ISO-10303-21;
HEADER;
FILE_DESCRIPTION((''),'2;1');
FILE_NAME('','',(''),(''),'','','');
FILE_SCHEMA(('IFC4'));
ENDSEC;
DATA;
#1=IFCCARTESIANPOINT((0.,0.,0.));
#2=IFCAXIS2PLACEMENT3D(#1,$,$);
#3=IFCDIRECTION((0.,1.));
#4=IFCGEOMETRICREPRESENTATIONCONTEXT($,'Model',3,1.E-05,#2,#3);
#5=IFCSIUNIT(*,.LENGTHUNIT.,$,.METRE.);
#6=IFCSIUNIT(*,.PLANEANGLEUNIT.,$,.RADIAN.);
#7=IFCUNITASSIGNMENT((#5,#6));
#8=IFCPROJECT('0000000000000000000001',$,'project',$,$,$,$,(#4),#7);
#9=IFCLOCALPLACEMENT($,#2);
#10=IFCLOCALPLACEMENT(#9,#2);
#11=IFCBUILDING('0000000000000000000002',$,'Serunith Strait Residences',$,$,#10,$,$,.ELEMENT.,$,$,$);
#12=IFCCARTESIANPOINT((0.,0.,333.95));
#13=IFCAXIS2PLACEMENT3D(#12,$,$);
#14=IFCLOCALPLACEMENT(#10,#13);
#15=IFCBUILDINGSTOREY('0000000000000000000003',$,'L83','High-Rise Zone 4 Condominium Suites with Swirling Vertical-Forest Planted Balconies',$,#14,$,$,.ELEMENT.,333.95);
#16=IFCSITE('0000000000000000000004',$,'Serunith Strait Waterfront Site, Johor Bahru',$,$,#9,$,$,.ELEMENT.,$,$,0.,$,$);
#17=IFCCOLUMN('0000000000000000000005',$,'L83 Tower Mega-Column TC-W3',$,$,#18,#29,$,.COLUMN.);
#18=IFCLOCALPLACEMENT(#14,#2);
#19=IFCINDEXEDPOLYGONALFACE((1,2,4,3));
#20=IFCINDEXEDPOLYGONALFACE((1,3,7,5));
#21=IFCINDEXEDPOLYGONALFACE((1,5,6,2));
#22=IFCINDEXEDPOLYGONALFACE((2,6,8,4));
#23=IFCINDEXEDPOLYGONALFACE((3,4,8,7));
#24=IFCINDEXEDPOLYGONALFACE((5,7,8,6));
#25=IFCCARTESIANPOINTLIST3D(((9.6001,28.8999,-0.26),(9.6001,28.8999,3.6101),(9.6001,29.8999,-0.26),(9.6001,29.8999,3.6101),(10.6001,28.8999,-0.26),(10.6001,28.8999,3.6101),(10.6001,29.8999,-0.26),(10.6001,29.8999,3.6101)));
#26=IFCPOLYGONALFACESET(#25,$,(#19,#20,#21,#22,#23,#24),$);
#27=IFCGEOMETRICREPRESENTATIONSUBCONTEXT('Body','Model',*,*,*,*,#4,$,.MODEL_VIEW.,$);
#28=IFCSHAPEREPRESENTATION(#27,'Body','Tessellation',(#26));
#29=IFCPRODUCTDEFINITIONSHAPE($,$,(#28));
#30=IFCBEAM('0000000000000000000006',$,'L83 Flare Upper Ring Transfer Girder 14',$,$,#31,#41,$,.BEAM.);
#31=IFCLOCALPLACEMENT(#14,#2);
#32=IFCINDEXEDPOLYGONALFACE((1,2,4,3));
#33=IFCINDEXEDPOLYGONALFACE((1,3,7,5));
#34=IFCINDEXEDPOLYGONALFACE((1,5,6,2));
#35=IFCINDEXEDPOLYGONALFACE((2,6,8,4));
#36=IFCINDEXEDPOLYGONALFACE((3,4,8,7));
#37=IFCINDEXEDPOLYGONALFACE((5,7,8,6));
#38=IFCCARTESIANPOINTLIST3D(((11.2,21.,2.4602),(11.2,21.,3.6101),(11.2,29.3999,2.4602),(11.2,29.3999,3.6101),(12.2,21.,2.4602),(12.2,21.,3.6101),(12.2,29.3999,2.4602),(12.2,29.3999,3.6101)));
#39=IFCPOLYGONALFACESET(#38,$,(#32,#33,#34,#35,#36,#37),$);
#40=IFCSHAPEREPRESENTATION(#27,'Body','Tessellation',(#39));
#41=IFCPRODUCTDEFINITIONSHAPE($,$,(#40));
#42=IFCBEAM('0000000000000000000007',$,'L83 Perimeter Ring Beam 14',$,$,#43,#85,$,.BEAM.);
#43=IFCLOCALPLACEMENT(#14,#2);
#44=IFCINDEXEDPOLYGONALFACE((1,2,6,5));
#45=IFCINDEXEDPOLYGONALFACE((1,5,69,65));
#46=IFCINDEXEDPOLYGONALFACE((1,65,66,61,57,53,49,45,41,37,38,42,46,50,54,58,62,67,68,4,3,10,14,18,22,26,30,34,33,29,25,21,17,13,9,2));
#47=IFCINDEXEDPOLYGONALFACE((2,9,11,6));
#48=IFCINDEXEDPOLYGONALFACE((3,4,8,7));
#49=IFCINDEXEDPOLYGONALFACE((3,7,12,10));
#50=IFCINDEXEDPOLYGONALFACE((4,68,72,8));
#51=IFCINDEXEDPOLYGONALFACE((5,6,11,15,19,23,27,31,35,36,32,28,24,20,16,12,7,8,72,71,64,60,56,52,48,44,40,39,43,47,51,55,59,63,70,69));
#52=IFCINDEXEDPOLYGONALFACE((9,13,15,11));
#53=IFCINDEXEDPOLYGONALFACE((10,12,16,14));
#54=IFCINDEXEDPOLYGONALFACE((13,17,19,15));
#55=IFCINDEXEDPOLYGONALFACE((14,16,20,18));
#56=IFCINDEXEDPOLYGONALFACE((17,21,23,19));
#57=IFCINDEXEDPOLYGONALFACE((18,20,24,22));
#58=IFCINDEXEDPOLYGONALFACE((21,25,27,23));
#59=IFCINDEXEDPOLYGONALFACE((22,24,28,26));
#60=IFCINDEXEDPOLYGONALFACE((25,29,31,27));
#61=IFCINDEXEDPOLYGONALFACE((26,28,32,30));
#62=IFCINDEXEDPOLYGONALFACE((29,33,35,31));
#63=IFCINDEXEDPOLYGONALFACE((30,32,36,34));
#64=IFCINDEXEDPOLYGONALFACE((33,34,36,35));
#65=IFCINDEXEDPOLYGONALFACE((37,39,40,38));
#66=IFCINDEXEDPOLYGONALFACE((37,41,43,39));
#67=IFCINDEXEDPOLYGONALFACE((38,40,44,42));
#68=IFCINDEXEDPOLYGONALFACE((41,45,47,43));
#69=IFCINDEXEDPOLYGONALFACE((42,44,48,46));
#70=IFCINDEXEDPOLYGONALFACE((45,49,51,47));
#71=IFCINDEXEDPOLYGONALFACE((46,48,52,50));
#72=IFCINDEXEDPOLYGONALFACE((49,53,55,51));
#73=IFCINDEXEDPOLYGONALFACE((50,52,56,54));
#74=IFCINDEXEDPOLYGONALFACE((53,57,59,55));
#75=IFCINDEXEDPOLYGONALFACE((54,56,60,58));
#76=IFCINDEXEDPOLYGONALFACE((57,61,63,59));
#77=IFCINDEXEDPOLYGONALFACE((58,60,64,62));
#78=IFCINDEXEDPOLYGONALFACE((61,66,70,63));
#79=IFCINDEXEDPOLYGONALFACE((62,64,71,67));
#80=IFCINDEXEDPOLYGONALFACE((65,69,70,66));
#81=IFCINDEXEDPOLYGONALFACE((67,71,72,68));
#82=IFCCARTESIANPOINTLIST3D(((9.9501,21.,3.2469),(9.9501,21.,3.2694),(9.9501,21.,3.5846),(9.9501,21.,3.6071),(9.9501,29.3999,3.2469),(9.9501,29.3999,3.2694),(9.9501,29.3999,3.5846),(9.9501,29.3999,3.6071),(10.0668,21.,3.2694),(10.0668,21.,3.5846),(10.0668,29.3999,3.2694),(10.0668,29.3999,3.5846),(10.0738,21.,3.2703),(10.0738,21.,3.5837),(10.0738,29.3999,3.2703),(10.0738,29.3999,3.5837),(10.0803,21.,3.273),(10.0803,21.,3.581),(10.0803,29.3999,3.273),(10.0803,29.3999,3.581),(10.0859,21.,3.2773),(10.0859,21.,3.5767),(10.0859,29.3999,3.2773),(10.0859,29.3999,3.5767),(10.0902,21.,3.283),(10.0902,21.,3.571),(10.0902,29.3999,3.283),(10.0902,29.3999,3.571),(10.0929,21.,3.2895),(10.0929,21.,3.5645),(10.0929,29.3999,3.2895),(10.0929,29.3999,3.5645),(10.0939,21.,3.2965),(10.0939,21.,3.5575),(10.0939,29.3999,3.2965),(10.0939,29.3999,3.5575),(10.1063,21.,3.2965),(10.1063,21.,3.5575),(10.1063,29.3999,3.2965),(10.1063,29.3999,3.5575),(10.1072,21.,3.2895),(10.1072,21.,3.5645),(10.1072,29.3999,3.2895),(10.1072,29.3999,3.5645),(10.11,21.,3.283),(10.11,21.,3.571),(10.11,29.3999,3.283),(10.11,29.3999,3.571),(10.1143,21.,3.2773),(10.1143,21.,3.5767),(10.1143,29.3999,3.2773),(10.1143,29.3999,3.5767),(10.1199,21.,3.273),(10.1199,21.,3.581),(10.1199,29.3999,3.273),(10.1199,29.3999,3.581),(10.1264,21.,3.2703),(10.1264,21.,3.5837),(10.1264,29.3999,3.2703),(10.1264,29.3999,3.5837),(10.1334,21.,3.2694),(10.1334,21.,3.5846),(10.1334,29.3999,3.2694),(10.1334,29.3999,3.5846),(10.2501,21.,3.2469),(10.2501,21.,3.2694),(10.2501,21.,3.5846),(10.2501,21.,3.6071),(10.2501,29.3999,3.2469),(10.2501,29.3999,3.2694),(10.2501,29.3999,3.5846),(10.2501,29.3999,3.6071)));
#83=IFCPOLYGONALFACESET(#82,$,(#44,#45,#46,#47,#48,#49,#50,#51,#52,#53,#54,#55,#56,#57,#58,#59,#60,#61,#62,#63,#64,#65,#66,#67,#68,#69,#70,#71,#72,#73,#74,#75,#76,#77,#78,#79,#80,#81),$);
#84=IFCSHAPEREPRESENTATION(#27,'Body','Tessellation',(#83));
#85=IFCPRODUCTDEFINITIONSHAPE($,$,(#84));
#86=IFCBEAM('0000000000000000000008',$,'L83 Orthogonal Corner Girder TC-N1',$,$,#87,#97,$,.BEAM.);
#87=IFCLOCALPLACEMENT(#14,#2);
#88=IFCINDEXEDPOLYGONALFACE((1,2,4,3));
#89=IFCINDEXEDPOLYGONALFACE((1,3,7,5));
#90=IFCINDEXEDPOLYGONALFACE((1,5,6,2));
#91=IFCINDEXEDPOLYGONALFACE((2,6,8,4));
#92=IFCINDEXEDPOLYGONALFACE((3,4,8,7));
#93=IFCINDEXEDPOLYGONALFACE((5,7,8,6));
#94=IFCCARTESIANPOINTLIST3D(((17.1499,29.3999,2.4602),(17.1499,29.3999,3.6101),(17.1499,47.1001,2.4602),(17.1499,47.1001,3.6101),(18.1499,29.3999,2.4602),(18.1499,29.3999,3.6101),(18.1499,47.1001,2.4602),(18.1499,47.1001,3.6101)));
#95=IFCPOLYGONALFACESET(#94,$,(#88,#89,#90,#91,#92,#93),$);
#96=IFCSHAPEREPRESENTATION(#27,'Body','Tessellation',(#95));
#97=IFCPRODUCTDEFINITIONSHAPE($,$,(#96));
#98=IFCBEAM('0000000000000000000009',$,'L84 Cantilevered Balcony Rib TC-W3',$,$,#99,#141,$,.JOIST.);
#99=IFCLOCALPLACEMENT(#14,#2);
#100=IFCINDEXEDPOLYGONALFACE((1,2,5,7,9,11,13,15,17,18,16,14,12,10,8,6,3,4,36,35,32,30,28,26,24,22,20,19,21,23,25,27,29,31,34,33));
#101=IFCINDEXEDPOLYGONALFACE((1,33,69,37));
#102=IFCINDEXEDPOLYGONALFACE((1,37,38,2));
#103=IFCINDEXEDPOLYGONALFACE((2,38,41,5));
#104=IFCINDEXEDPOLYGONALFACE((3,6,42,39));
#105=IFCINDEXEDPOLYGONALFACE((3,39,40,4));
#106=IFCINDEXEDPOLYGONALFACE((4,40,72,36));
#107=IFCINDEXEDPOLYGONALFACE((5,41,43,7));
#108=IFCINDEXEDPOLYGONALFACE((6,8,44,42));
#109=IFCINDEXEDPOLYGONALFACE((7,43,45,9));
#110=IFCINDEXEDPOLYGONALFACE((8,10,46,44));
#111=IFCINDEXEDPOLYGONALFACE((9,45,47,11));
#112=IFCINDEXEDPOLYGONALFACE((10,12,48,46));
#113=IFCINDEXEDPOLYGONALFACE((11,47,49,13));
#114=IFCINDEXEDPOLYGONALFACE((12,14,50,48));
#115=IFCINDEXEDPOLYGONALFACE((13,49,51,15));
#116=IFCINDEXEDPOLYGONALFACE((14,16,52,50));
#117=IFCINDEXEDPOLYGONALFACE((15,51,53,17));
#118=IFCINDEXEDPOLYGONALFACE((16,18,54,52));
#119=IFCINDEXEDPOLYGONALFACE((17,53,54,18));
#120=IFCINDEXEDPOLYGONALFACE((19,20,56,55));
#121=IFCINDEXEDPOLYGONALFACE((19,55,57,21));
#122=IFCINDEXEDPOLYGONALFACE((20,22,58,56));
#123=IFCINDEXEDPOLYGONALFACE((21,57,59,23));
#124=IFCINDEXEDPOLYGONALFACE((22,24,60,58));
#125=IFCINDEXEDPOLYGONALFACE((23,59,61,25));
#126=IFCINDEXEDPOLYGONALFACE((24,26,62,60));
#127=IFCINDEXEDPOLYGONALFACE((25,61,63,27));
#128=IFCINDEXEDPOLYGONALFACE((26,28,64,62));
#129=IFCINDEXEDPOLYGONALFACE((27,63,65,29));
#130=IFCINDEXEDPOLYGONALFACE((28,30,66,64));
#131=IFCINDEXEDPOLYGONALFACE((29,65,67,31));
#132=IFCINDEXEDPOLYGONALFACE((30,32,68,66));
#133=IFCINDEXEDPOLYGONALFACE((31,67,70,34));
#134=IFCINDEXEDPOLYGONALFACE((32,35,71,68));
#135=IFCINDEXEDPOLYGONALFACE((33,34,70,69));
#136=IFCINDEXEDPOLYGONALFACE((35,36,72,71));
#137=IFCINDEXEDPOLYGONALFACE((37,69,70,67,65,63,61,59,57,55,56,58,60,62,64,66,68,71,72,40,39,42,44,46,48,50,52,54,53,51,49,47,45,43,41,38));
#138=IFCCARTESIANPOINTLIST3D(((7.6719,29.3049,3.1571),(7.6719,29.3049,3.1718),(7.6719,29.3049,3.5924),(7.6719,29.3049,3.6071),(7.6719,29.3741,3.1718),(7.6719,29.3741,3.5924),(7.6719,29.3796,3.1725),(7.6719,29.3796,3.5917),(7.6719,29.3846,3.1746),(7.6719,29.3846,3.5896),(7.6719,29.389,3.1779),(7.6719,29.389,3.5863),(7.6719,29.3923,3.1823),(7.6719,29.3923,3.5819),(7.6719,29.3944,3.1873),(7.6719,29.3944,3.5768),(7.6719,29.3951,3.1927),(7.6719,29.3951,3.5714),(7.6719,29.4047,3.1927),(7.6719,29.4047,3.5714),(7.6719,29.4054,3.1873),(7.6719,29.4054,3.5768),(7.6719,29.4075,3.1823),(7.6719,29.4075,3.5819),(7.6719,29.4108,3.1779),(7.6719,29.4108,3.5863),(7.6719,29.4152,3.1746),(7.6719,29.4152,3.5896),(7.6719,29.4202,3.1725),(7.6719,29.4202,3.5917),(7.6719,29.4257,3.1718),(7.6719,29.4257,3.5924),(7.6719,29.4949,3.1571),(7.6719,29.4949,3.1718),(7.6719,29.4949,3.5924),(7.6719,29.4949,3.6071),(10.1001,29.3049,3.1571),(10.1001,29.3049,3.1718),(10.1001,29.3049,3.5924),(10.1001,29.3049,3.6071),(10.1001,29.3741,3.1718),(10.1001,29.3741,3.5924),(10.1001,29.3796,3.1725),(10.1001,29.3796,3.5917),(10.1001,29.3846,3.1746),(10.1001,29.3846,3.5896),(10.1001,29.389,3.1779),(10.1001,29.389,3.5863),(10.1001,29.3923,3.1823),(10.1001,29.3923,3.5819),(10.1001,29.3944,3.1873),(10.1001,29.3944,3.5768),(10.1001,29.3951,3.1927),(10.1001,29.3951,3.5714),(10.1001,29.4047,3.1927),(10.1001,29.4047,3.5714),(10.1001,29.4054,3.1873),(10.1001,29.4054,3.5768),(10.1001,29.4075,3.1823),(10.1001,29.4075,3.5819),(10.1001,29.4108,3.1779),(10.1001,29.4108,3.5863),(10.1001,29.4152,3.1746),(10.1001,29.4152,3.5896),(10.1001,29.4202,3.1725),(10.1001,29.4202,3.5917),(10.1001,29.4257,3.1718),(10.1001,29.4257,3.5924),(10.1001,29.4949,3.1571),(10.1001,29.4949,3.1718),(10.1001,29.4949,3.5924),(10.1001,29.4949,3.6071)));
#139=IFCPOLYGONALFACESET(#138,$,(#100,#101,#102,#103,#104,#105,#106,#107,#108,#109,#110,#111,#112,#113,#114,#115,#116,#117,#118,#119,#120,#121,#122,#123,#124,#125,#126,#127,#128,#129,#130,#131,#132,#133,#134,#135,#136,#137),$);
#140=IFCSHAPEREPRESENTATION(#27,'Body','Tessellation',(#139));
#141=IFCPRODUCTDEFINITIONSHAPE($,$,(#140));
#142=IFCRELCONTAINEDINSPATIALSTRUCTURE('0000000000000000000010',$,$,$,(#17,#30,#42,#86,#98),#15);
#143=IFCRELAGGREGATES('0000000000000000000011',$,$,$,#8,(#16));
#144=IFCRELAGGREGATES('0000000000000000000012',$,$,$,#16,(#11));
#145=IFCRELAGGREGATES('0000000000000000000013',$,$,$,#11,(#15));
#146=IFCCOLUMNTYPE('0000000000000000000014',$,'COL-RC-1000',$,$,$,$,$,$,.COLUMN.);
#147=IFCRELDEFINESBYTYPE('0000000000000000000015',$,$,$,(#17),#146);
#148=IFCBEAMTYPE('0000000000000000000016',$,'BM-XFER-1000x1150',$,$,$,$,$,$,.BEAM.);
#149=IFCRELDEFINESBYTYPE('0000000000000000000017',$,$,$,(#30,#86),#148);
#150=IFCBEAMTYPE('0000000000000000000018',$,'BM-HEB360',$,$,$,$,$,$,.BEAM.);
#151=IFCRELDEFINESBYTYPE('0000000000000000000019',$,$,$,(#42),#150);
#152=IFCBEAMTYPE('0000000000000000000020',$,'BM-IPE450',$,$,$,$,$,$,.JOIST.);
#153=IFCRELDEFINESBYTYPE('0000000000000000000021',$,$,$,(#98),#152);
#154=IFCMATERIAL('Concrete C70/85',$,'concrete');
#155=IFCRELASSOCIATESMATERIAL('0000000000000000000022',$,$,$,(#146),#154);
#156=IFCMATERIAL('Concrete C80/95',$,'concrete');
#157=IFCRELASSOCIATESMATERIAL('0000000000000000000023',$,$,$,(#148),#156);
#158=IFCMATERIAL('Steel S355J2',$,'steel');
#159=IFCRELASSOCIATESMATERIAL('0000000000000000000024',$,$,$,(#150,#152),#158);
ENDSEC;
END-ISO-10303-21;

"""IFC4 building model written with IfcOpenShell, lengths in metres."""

from ifc_helpers import new_model, si_unit, direction, frame, origin, origin_2d, place, context, subcontext, project, spatial, rectangle, i_section, extrude, source, transform, mapped, material, material_profile, profile_set, type_object, element, save


model = new_model("IFC4")

# Units and contexts
model_context = context("Model", 3, precision=1e-05, world=origin(), true_north=direction((0.0, 1.0)))
body_context = subcontext(model_context, "Body", "Model", "MODEL_VIEW")
ifc_project = project(units=[si_unit("LENGTHUNIT", "METRE"), si_unit("PLANEANGLEUNIT", "RADIAN")], contexts=[model_context])

# Site, building, storey
site_placement = place(None, origin())
site = spatial("IfcSite", under=ifc_project, at=site_placement, Name="Serunith Strait Waterfront Site, Johor Bahru", CompositionType="ELEMENT", RefElevation=0.0)
building_placement = place(site_placement, origin())
building = spatial("IfcBuilding", under=site, at=building_placement, Name="Serunith Strait Residences", CompositionType="ELEMENT")
storey_placement = place(building_placement, frame((0.0, 0.0, 333.95)))
storey = spatial("IfcBuildingStorey", under=building, at=storey_placement, Name="L83", Description="High-Rise Zone 4 Condominium Suites with Swirling Vertical-Forest Planted Balconies", CompositionType="ELEMENT", Elevation=333.95)

# Column
ifc_material_1 = material(Name="Concrete C70/85", Category="concrete")
ifc_material_profile_1 = material_profile(ifc_material_1, rectangle(XDim=1.0, YDim=1.0, at=origin_2d()), Name="RC 1000x1000")
ifc_profile_set_1 = profile_set([ifc_material_profile_1], Name="Concrete C70/85")
column_type = type_object("IfcColumnType", Name="COL-RC-1000", PredefinedType="COLUMN", material=ifc_profile_set_1)
shared_shape_1 = source(origin(), body_context, "Body", "SweptSolid", [
    extrude(rectangle(XDim=1.0, YDim=1.0, at=origin_2d()), origin(), (0.0, 0.0, 1.0), 3.8701),
])
column_placement = place(storey_placement, frame((10.1001, 29.3999, -0.26), z_axis=(0.0, 0.0, 1.0), x_axis=(1.0, 0.0, 0.0)))
element("IfcColumn", 1, at=column_placement, inside=storey, type_object=column_type, Name="L83 Tower Mega-Column TC-W3", PredefinedType="COLUMN", context=body_context, shape_type="MappedRepresentation", body=[
    mapped(shared_shape_1, transform((0.0, 0.0, 0.0), scale=1.0)),
])

# Beams
ifc_material_2 = material(Name="Concrete C80/95", Category="concrete")
ifc_material_profile_2 = material_profile(ifc_material_2, rectangle(XDim=1.0, YDim=1.1499, at=origin_2d()), Name="RC 1000x1150")
ifc_profile_set_2 = profile_set([ifc_material_profile_2], Name="Concrete C80/95")
beam_type_1 = type_object("IfcBeamType", Name="BM-XFER-1000x1150", PredefinedType="BEAM", material=ifc_profile_set_2)
shared_shape_2 = source(origin(), body_context, "Body", "SweptSolid", [
    extrude(rectangle(XDim=1.0, YDim=1.1499, at=origin_2d()), origin(), (0.0, 0.0, 1.0), 8.3999),
])
beam_1_placement = place(storey_placement, frame((11.7, 29.3999, 3.0352), z_axis=(0.0, -1.0, 0.0), x_axis=(1.0, 0.0, 0.0)))
element("IfcBeam", 2, at=beam_1_placement, inside=storey, type_object=beam_type_1, Name="L83 Flare Upper Ring Transfer Girder 14", PredefinedType="BEAM", context=body_context, shape_type="MappedRepresentation", body=[
    mapped(shared_shape_2, transform((0.0, 0.0, 0.0), scale=1.0)),
])
ifc_material_3 = material(Name="Steel S355J2", Category="steel")
ifc_material_profile_3 = material_profile(ifc_material_3, i_section(OverallWidth=0.3, OverallDepth=0.3601, WebThickness=0.0125, FlangeThickness=0.0225, FilletRadius=0.0271, at=origin_2d()), Name="HEB 360")
ifc_profile_set_3 = profile_set([ifc_material_profile_3], Name="Steel S355J2")
beam_type_2 = type_object("IfcBeamType", Name="BM-HEB360", PredefinedType="BEAM", material=ifc_profile_set_3)
shared_shape_3 = source(origin(), body_context, "Body", "SweptSolid", [
    extrude(i_section(OverallWidth=0.3, OverallDepth=0.3601, WebThickness=0.0125, FlangeThickness=0.0225, FilletRadius=0.0271, at=origin_2d()), origin(), (0.0, 0.0, 1.0), 8.3999),
])
beam_2_placement = place(storey_placement, frame((10.1001, 29.3999, 3.427), z_axis=(0.0, -1.0, 0.0), x_axis=(1.0, 0.0, 0.0)))
element("IfcBeam", 3, at=beam_2_placement, inside=storey, type_object=beam_type_2, Name="L83 Perimeter Ring Beam 14", PredefinedType="BEAM", context=body_context, shape_type="MappedRepresentation", body=[
    mapped(shared_shape_3, transform((0.0, 0.0, 0.0), scale=1.0)),
])
shared_shape_4 = source(origin(), body_context, "Body", "SweptSolid", [
    extrude(rectangle(XDim=1.0, YDim=1.1499, at=origin_2d()), origin(), (0.0, 0.0, 1.0), 17.7002),
])
beam_3_placement = place(storey_placement, frame((17.6499, 29.3999, 3.0352), z_axis=(0.0, 1.0, 0.0), x_axis=(-1.0, 0.0, 0.0)))
element("IfcBeam", 4, at=beam_3_placement, inside=storey, type_object=beam_type_1, Name="L83 Orthogonal Corner Girder TC-N1", PredefinedType="BEAM", context=body_context, shape_type="MappedRepresentation", body=[
    mapped(shared_shape_4, transform((0.0, 0.0, 0.0), scale=1.0)),
])
ifc_material_profile_4 = material_profile(ifc_material_3, i_section(OverallWidth=0.1899, OverallDepth=0.45, WebThickness=0.0095, FlangeThickness=0.0146, FilletRadius=0.021, at=origin_2d()), Name="IPE 450")
ifc_profile_set_4 = profile_set([ifc_material_profile_4], Name="Steel S355J2")
beam_type_3 = type_object("IfcBeamType", Name="BM-IPE450", PredefinedType="JOIST", material=ifc_profile_set_4)
shared_shape_5 = source(origin(), body_context, "Body", "SweptSolid", [
    extrude(i_section(OverallWidth=0.1899, OverallDepth=0.45, WebThickness=0.0095, FlangeThickness=0.0146, FilletRadius=0.021, at=origin_2d()), origin(), (0.0, 0.0, 1.0), 2.4282),
])
beam_4_placement = place(storey_placement, frame((10.1001, 29.3999, 3.3821), z_axis=(-1.0, 0.0, 0.0), x_axis=(0.0, -1.0, 0.0)))
element("IfcBeam", 5, at=beam_4_placement, inside=storey, type_object=beam_type_3, Name="L84 Cantilevered Balcony Rib TC-W3", PredefinedType="JOIST", context=body_context, shape_type="MappedRepresentation", body=[
    mapped(shared_shape_5, transform((0.0, 0.0, 0.0), scale=1.0)),
])

save(model, "model.ifc")
